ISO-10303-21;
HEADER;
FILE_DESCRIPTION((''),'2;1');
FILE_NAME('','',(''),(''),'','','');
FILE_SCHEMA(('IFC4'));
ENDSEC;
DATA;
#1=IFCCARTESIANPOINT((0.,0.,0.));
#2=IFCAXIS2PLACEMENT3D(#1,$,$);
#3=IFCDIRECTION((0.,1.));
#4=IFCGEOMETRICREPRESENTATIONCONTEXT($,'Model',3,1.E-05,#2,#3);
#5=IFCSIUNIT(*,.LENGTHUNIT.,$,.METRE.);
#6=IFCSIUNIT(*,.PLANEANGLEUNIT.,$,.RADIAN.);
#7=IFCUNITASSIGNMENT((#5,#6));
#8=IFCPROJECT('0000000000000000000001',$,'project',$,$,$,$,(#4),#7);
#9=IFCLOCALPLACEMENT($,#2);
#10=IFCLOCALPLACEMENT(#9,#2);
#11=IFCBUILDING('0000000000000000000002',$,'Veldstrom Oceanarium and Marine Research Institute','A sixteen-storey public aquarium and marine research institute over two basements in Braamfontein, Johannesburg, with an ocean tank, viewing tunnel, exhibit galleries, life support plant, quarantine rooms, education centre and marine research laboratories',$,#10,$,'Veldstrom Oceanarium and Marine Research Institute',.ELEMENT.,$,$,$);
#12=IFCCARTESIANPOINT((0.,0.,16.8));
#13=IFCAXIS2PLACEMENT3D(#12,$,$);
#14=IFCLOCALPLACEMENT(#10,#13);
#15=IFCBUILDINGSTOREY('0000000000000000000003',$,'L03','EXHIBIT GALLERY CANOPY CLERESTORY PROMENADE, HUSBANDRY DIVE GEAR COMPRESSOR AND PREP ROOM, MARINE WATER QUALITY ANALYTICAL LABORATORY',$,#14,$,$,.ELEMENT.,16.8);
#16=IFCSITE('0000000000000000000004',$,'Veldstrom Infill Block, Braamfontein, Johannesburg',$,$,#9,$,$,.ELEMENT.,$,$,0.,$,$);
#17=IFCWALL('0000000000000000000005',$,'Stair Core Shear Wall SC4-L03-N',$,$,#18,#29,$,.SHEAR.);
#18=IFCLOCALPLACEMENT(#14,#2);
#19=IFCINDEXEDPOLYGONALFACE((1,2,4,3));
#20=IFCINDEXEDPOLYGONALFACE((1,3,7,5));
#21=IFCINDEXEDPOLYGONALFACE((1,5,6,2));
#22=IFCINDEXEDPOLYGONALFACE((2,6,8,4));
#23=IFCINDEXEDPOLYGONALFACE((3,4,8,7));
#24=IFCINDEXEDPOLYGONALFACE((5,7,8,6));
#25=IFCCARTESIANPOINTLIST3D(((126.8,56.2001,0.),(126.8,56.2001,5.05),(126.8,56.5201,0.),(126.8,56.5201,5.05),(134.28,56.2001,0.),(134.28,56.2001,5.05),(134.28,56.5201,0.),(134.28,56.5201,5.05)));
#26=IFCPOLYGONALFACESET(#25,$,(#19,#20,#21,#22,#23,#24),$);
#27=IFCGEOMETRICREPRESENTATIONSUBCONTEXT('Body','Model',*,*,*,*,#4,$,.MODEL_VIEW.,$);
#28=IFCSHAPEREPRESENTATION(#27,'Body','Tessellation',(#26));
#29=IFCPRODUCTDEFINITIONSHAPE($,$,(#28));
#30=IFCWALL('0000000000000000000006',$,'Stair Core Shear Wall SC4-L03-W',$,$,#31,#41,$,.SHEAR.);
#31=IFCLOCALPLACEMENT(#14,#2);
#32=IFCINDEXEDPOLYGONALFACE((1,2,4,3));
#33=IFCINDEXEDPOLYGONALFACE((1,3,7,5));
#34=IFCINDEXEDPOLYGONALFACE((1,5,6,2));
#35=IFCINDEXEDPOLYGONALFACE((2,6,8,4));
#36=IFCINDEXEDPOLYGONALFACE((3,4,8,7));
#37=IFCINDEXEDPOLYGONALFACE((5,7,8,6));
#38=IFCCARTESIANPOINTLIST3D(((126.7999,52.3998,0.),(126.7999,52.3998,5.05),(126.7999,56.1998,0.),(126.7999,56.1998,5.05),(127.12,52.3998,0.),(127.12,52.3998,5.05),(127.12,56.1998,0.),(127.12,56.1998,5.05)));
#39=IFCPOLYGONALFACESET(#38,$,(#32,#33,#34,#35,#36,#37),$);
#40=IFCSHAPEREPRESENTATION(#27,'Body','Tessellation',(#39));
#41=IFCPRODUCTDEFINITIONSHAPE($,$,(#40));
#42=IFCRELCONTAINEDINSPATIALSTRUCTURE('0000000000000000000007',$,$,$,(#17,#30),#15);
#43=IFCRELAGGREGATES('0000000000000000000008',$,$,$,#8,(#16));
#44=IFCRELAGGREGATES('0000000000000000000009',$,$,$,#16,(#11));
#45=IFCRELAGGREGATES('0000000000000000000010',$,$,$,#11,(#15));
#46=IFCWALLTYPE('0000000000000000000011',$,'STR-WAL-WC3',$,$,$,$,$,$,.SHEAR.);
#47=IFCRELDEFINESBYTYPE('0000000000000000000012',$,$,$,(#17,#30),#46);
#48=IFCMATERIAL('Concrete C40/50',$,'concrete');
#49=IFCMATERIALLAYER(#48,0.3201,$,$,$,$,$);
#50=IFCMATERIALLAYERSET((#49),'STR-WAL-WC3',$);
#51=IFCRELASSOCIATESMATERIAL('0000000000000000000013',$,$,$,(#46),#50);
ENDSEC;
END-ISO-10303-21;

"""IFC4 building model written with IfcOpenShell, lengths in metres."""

from ifc_helpers import new_model, si_unit, direction, frame, frame_2d, origin, place, context, subcontext, project, spatial, rectangle, extrude, material, layer, layer_set, type_object, element, save


model = new_model("IFC4")

# Units and contexts
model_context = context("Model", 3, precision=1e-05, world=origin(), true_north=direction((0.0, 1.0)))
body_context = subcontext(model_context, "Body", "Model", "MODEL_VIEW")
ifc_project = project(units=[si_unit("LENGTHUNIT", "METRE"), si_unit("PLANEANGLEUNIT", "RADIAN")], contexts=[model_context])

# Site, building, storey
site_placement = place(None, origin())
site = spatial("IfcSite", under=ifc_project, at=site_placement, Name="Veldstrom Infill Block, Braamfontein, Johannesburg", CompositionType="ELEMENT", RefElevation=0.0)
building_placement = place(site_placement, origin())
building = spatial("IfcBuilding", under=site, at=building_placement, Name="Veldstrom Oceanarium and Marine Research Institute", Description="A sixteen-storey public aquarium and marine research institute over two basements in Braamfontein, Johannesburg, with an ocean tank, viewing tunnel, exhibit galleries, life support plant, quarantine rooms, education centre and marine research laboratories", LongName="Veldstrom Oceanarium and Marine Research Institute", CompositionType="ELEMENT")
storey_placement = place(building_placement, frame((0.0, 0.0, 16.8)))
storey = spatial("IfcBuildingStorey", under=building, at=storey_placement, Name="L03", Description="EXHIBIT GALLERY CANOPY CLERESTORY PROMENADE, HUSBANDRY DIVE GEAR COMPRESSOR AND PREP ROOM, MARINE WATER QUALITY ANALYTICAL LABORATORY", CompositionType="ELEMENT", Elevation=16.8)

# Shared definitions
ifc_material_1 = material(Name="Concrete C40/50", Category="concrete")
ifc_layer_1 = layer(ifc_material_1, 0.3201)
ifc_layer_set_1 = layer_set([ifc_layer_1], Name="STR-WAL-WC3")
wall_type_1 = type_object("IfcWallType", Name="STR-WAL-WC3", PredefinedType="SHEAR", material=ifc_layer_set_1)

# Walls
wall_1_placement = place(storey_placement, frame((126.8, 56.3601, 0.0), z_axis=(0.0, 0.0, 1.0), x_axis=(1.0, 0.0, 0.0)))
element("IfcWall", 1, at=wall_1_placement, inside=storey, type_object=wall_type_1, Name="Stair Core Shear Wall SC4-L03-N", PredefinedType="SHEAR", context=body_context, shape_type="SweptSolid", body=[
    extrude(rectangle(XDim=7.48, YDim=0.3201, at=frame_2d((3.74, 0.0))), origin(), (0.0, 0.0, 1.0), 5.05),
])
wall_2_placement = place(storey_placement, frame((126.96, 52.3999, 0.0), z_axis=(0.0, 0.0, 1.0), x_axis=(0.0, 1.0, 0.0)))
element("IfcWall", 2, at=wall_2_placement, inside=storey, type_object=wall_type_1, Name="Stair Core Shear Wall SC4-L03-W", PredefinedType="SHEAR", context=body_context, shape_type="SweptSolid", body=[
    extrude(rectangle(XDim=3.8, YDim=0.3201, at=frame_2d((1.8999, 0.0))), origin(), (0.0, 0.0, 1.0), 5.05),
])

save(model, "model.ifc")
